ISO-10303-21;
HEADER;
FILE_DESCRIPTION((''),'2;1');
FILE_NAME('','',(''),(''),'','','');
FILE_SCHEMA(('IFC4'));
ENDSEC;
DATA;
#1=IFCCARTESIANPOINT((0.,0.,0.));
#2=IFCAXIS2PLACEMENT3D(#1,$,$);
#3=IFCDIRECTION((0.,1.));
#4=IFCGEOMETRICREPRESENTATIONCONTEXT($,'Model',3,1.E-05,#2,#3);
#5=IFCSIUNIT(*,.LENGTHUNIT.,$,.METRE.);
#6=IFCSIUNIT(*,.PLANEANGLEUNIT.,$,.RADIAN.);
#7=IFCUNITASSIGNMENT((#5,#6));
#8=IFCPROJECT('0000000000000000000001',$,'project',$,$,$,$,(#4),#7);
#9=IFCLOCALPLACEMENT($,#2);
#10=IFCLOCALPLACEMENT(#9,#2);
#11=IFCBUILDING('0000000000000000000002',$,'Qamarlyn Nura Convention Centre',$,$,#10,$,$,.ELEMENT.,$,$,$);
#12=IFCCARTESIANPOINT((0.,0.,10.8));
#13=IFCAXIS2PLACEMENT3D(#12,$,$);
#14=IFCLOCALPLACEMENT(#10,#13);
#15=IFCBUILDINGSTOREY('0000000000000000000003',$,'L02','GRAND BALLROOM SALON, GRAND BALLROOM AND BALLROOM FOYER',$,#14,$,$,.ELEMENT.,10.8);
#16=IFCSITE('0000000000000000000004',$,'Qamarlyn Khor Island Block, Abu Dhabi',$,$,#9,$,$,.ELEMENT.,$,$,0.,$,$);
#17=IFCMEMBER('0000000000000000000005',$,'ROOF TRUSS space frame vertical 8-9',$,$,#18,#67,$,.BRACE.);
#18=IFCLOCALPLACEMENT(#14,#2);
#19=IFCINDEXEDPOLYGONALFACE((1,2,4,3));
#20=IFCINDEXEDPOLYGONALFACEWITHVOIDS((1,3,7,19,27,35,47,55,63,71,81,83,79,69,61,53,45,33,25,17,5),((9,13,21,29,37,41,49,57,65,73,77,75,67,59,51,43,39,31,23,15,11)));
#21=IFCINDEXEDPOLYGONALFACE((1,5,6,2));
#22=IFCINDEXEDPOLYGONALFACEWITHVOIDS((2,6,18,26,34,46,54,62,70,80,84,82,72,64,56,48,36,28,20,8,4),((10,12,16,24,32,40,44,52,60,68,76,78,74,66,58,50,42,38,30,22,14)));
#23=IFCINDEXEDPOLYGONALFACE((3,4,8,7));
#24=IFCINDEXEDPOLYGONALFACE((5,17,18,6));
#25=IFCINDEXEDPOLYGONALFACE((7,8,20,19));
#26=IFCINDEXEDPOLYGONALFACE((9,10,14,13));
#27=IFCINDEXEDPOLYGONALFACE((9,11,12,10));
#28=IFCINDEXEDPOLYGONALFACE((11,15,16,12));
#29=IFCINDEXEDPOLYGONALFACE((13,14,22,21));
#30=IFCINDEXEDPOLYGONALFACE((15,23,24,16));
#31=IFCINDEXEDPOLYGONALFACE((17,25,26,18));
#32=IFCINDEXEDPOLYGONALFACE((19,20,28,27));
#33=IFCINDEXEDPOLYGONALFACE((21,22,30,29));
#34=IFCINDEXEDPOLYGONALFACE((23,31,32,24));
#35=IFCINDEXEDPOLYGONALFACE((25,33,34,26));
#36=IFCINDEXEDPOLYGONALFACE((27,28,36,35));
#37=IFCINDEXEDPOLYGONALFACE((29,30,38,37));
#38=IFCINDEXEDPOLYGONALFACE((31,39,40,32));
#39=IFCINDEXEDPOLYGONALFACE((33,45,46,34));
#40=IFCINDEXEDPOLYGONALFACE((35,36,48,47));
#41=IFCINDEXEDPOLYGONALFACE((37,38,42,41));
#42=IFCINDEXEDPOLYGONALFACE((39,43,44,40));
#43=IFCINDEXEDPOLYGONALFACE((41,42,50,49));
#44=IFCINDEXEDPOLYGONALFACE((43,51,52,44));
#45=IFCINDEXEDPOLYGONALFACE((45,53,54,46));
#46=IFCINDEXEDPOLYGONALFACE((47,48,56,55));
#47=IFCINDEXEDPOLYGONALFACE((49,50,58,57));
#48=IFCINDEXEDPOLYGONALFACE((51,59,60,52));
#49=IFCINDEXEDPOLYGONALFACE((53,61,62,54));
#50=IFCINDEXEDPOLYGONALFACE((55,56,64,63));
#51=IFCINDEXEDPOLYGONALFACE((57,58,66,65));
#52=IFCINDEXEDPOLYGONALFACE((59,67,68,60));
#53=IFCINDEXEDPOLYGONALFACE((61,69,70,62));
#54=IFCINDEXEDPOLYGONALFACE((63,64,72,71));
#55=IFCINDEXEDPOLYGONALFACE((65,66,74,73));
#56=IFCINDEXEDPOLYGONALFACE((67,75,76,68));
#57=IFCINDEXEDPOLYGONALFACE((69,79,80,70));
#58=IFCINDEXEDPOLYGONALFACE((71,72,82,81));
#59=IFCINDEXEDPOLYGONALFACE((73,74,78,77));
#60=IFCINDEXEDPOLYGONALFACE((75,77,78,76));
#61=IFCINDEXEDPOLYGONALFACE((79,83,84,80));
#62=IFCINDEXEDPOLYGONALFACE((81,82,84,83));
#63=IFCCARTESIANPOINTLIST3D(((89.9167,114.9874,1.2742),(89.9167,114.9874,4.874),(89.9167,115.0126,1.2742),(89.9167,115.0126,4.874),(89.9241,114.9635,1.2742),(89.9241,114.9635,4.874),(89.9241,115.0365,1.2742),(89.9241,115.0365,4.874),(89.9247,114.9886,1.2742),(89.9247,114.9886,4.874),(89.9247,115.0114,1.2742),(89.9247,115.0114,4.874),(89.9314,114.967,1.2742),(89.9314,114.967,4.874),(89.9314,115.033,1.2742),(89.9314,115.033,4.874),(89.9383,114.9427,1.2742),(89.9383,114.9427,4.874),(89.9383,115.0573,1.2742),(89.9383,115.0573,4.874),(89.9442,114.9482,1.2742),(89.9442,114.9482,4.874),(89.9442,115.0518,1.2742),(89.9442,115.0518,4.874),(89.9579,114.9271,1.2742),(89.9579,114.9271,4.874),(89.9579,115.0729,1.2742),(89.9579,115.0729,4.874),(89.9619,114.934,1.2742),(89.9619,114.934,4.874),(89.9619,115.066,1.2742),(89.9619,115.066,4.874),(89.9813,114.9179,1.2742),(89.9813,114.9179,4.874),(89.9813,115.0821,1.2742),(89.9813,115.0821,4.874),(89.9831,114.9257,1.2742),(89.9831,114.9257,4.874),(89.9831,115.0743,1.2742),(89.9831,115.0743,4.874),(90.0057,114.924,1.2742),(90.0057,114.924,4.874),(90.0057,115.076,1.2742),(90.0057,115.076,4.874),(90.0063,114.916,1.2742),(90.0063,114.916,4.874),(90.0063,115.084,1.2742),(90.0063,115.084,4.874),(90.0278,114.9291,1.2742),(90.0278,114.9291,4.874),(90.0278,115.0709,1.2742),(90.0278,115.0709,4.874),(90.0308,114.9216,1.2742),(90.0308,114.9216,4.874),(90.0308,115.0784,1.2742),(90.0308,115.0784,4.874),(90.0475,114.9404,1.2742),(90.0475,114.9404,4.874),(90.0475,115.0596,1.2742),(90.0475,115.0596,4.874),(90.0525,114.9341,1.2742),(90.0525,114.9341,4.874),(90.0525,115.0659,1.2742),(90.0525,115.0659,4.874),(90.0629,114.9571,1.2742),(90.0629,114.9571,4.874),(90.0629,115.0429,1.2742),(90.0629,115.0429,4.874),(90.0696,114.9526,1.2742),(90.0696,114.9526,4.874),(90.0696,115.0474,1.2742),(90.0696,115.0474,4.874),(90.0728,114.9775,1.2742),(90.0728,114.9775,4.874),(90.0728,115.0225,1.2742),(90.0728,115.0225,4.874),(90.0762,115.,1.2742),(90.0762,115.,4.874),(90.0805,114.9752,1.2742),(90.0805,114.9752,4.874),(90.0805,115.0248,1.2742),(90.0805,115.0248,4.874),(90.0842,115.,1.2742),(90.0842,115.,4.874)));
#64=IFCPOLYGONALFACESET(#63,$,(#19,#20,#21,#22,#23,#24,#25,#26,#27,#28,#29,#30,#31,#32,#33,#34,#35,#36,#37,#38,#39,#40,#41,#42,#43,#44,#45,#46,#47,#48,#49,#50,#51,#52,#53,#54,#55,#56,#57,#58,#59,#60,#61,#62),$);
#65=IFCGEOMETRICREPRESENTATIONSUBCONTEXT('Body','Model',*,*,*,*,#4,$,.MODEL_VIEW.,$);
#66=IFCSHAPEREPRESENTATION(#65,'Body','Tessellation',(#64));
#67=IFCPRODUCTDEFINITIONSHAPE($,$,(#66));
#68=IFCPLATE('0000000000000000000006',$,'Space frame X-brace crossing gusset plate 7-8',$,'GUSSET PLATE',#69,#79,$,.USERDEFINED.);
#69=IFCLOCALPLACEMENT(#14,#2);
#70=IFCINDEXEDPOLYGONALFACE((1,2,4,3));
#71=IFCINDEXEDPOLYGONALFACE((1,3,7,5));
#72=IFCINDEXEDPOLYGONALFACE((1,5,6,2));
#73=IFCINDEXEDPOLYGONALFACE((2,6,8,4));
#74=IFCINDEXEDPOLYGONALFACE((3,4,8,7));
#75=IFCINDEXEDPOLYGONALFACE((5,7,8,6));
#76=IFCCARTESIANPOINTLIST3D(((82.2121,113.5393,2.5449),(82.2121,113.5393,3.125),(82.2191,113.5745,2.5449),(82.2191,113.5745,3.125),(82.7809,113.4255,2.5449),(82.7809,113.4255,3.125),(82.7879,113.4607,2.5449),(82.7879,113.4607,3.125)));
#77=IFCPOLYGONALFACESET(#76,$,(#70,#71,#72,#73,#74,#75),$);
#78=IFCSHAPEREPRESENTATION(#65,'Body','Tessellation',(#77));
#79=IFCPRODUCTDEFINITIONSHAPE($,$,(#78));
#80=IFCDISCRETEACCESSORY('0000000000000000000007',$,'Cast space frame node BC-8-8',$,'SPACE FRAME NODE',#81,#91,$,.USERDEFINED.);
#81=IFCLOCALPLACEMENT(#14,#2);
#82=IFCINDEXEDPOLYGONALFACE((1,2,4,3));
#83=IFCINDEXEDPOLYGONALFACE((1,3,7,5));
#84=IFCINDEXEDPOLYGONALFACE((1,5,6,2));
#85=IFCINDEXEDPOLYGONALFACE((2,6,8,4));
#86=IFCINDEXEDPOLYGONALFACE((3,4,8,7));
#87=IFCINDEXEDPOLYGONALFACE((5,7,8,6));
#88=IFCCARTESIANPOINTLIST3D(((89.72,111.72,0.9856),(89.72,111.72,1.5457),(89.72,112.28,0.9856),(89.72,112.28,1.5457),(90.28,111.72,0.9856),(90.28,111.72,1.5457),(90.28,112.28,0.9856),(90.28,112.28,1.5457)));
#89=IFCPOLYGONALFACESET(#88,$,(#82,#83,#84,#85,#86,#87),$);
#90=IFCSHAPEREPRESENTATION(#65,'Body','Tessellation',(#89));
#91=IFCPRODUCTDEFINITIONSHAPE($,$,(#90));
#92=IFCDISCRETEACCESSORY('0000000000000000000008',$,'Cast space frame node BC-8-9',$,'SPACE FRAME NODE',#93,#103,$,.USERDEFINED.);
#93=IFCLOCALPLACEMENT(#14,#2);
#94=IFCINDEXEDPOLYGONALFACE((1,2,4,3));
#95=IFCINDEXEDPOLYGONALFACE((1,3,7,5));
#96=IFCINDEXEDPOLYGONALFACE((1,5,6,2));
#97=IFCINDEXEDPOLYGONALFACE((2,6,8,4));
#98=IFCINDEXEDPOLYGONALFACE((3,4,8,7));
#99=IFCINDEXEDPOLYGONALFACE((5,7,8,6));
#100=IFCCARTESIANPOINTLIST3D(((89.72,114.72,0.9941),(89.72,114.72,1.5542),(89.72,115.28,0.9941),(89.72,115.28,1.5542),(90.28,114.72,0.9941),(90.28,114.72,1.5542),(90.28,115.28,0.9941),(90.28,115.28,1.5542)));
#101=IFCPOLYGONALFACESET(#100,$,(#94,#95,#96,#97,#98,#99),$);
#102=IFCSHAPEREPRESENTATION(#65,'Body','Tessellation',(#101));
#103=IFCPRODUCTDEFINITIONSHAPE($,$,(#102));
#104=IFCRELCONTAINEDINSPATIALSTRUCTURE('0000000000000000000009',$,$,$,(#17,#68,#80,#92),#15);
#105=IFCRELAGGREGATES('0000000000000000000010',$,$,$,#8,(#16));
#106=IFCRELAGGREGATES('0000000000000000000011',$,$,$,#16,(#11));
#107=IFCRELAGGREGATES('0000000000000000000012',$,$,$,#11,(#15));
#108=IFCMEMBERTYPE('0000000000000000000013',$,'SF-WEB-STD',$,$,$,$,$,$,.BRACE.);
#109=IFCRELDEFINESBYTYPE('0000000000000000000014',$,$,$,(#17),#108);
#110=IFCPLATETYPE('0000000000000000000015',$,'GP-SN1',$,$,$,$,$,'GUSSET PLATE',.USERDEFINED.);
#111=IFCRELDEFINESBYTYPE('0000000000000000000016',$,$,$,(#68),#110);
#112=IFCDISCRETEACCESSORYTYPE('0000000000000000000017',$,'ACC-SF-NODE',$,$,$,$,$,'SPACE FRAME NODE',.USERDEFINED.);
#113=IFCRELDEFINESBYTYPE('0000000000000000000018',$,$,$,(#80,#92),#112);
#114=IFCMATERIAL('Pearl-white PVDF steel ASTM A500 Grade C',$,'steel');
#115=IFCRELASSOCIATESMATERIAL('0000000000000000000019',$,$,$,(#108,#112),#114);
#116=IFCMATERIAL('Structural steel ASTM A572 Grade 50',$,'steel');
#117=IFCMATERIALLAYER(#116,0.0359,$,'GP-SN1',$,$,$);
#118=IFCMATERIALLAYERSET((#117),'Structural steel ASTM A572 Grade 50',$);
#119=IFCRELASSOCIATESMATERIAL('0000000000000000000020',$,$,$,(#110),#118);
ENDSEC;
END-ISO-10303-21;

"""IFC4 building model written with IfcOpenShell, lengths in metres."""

from ifc_helpers import new_model, si_unit, direction, frame, origin, origin_2d, place, context, subcontext, project, spatial, rectangle, hollow_circle, extrude, material, layer, layer_set, material_profile, profile_set, type_object, element, save


model = new_model("IFC4")

# Units and contexts
model_context = context("Model", 3, precision=1e-05, world=origin(), true_north=direction((0.0, 1.0)))
body_context = subcontext(model_context, "Body", "Model", "MODEL_VIEW")
ifc_project = project(units=[si_unit("LENGTHUNIT", "METRE"), si_unit("PLANEANGLEUNIT", "RADIAN")], contexts=[model_context])

# Site, building, storey
site_placement = place(None, origin())
site = spatial("IfcSite", under=ifc_project, at=site_placement, Name="Qamarlyn Khor Island Block, Abu Dhabi", CompositionType="ELEMENT", RefElevation=0.0)
building_placement = place(site_placement, origin())
building = spatial("IfcBuilding", under=site, at=building_placement, Name="Qamarlyn Nura Convention Centre", CompositionType="ELEMENT")
storey_placement = place(building_placement, frame((0.0, 0.0, 10.8)))
storey = spatial("IfcBuildingStorey", under=building, at=storey_placement, Name="L02", Description="GRAND BALLROOM SALON, GRAND BALLROOM AND BALLROOM FOYER", CompositionType="ELEMENT", Elevation=10.8)

# Member
ifc_material_1 = material(Name="Pearl-white PVDF steel ASTM A500 Grade C", Category="steel")
ifc_material_profile_1 = material_profile(ifc_material_1, hollow_circle(Radius=0.0842, WallThickness=0.0081, at=origin_2d()), Name="CHS168.3X8")
ifc_profile_set_1 = profile_set([ifc_material_profile_1], Name="Pearl-white PVDF steel ASTM A500 Grade C")
member_type_1 = type_object("IfcMemberType", Name="SF-WEB-STD", PredefinedType="BRACE", material=ifc_profile_set_1)
member_1_placement = place(storey_placement, frame((90.0, 115.0, 1.2742), z_axis=(0.0, 0.0, 1.0), x_axis=(1.0, 0.0, 0.0)))
element("IfcMember", 1, at=member_1_placement, inside=storey, type_object=member_type_1, Name="ROOF TRUSS space frame vertical 8-9", PredefinedType="BRACE", context=body_context, shape_type="SweptSolid", body=[
    extrude(hollow_circle(Radius=0.0842, WallThickness=0.0081, at=origin_2d()), origin(), (0.0, 0.0, 1.0), 3.5999),
])

# Plate
ifc_material_2 = material(Name="Structural steel ASTM A572 Grade 50", Category="steel")
ifc_layer = layer(ifc_material_2, 0.0359, Name="GP-SN1")
ifc_layer_set = layer_set([ifc_layer], Name="Structural steel ASTM A572 Grade 50")
plate_type = type_object("IfcPlateType", Name="GP-SN1", ElementType="GUSSET PLATE", PredefinedType="USERDEFINED", material=ifc_layer_set)
plate_placement = place(storey_placement, frame((82.5, 113.5, 2.5449), z_axis=(0.0, 0.0, 1.0), x_axis=(-0.980581, 0.196116, 0.0)))
element("IfcPlate", 2, at=plate_placement, inside=storey, type_object=plate_type, Name="Space frame X-brace crossing gusset plate 7-8", ObjectType="GUSSET PLATE", PredefinedType="USERDEFINED", context=body_context, shape_type="SweptSolid", body=[
    extrude(rectangle(XDim=0.5801, YDim=0.0359, at=origin_2d()), origin(), (0.0, 0.0, 1.0), 0.5801),
])

# Discrete accessories
discrete_accessory_type = type_object("IfcDiscreteAccessoryType", Name="ACC-SF-NODE", ElementType="SPACE FRAME NODE", PredefinedType="USERDEFINED", material=ifc_material_1)
for number, where, z_axis, x_axis, name in (
    (3, (90.0, 112.0, 0.9856), (0.0, 0.0, 1.0), (1.0, 0.0, 0.0), "Cast space frame node BC-8-8"),
    (4, (90.0, 115.0, 0.9941), (0.0, 0.0, 1.0), (1.0, 0.0, 0.0), "Cast space frame node BC-8-9"),
):
    element("IfcDiscreteAccessory", number, at=place(storey_placement, frame(where, z_axis=z_axis, x_axis=x_axis)), inside=storey, type_object=discrete_accessory_type, Name=name, ObjectType="SPACE FRAME NODE", PredefinedType="USERDEFINED", context=body_context, shape_type="SweptSolid", body=[
        extrude(rectangle(XDim=0.5601, YDim=0.5601, at=origin_2d()), origin(), (0.0, 0.0, 1.0), 0.5601),
    ])

save(model, "model.ifc")
